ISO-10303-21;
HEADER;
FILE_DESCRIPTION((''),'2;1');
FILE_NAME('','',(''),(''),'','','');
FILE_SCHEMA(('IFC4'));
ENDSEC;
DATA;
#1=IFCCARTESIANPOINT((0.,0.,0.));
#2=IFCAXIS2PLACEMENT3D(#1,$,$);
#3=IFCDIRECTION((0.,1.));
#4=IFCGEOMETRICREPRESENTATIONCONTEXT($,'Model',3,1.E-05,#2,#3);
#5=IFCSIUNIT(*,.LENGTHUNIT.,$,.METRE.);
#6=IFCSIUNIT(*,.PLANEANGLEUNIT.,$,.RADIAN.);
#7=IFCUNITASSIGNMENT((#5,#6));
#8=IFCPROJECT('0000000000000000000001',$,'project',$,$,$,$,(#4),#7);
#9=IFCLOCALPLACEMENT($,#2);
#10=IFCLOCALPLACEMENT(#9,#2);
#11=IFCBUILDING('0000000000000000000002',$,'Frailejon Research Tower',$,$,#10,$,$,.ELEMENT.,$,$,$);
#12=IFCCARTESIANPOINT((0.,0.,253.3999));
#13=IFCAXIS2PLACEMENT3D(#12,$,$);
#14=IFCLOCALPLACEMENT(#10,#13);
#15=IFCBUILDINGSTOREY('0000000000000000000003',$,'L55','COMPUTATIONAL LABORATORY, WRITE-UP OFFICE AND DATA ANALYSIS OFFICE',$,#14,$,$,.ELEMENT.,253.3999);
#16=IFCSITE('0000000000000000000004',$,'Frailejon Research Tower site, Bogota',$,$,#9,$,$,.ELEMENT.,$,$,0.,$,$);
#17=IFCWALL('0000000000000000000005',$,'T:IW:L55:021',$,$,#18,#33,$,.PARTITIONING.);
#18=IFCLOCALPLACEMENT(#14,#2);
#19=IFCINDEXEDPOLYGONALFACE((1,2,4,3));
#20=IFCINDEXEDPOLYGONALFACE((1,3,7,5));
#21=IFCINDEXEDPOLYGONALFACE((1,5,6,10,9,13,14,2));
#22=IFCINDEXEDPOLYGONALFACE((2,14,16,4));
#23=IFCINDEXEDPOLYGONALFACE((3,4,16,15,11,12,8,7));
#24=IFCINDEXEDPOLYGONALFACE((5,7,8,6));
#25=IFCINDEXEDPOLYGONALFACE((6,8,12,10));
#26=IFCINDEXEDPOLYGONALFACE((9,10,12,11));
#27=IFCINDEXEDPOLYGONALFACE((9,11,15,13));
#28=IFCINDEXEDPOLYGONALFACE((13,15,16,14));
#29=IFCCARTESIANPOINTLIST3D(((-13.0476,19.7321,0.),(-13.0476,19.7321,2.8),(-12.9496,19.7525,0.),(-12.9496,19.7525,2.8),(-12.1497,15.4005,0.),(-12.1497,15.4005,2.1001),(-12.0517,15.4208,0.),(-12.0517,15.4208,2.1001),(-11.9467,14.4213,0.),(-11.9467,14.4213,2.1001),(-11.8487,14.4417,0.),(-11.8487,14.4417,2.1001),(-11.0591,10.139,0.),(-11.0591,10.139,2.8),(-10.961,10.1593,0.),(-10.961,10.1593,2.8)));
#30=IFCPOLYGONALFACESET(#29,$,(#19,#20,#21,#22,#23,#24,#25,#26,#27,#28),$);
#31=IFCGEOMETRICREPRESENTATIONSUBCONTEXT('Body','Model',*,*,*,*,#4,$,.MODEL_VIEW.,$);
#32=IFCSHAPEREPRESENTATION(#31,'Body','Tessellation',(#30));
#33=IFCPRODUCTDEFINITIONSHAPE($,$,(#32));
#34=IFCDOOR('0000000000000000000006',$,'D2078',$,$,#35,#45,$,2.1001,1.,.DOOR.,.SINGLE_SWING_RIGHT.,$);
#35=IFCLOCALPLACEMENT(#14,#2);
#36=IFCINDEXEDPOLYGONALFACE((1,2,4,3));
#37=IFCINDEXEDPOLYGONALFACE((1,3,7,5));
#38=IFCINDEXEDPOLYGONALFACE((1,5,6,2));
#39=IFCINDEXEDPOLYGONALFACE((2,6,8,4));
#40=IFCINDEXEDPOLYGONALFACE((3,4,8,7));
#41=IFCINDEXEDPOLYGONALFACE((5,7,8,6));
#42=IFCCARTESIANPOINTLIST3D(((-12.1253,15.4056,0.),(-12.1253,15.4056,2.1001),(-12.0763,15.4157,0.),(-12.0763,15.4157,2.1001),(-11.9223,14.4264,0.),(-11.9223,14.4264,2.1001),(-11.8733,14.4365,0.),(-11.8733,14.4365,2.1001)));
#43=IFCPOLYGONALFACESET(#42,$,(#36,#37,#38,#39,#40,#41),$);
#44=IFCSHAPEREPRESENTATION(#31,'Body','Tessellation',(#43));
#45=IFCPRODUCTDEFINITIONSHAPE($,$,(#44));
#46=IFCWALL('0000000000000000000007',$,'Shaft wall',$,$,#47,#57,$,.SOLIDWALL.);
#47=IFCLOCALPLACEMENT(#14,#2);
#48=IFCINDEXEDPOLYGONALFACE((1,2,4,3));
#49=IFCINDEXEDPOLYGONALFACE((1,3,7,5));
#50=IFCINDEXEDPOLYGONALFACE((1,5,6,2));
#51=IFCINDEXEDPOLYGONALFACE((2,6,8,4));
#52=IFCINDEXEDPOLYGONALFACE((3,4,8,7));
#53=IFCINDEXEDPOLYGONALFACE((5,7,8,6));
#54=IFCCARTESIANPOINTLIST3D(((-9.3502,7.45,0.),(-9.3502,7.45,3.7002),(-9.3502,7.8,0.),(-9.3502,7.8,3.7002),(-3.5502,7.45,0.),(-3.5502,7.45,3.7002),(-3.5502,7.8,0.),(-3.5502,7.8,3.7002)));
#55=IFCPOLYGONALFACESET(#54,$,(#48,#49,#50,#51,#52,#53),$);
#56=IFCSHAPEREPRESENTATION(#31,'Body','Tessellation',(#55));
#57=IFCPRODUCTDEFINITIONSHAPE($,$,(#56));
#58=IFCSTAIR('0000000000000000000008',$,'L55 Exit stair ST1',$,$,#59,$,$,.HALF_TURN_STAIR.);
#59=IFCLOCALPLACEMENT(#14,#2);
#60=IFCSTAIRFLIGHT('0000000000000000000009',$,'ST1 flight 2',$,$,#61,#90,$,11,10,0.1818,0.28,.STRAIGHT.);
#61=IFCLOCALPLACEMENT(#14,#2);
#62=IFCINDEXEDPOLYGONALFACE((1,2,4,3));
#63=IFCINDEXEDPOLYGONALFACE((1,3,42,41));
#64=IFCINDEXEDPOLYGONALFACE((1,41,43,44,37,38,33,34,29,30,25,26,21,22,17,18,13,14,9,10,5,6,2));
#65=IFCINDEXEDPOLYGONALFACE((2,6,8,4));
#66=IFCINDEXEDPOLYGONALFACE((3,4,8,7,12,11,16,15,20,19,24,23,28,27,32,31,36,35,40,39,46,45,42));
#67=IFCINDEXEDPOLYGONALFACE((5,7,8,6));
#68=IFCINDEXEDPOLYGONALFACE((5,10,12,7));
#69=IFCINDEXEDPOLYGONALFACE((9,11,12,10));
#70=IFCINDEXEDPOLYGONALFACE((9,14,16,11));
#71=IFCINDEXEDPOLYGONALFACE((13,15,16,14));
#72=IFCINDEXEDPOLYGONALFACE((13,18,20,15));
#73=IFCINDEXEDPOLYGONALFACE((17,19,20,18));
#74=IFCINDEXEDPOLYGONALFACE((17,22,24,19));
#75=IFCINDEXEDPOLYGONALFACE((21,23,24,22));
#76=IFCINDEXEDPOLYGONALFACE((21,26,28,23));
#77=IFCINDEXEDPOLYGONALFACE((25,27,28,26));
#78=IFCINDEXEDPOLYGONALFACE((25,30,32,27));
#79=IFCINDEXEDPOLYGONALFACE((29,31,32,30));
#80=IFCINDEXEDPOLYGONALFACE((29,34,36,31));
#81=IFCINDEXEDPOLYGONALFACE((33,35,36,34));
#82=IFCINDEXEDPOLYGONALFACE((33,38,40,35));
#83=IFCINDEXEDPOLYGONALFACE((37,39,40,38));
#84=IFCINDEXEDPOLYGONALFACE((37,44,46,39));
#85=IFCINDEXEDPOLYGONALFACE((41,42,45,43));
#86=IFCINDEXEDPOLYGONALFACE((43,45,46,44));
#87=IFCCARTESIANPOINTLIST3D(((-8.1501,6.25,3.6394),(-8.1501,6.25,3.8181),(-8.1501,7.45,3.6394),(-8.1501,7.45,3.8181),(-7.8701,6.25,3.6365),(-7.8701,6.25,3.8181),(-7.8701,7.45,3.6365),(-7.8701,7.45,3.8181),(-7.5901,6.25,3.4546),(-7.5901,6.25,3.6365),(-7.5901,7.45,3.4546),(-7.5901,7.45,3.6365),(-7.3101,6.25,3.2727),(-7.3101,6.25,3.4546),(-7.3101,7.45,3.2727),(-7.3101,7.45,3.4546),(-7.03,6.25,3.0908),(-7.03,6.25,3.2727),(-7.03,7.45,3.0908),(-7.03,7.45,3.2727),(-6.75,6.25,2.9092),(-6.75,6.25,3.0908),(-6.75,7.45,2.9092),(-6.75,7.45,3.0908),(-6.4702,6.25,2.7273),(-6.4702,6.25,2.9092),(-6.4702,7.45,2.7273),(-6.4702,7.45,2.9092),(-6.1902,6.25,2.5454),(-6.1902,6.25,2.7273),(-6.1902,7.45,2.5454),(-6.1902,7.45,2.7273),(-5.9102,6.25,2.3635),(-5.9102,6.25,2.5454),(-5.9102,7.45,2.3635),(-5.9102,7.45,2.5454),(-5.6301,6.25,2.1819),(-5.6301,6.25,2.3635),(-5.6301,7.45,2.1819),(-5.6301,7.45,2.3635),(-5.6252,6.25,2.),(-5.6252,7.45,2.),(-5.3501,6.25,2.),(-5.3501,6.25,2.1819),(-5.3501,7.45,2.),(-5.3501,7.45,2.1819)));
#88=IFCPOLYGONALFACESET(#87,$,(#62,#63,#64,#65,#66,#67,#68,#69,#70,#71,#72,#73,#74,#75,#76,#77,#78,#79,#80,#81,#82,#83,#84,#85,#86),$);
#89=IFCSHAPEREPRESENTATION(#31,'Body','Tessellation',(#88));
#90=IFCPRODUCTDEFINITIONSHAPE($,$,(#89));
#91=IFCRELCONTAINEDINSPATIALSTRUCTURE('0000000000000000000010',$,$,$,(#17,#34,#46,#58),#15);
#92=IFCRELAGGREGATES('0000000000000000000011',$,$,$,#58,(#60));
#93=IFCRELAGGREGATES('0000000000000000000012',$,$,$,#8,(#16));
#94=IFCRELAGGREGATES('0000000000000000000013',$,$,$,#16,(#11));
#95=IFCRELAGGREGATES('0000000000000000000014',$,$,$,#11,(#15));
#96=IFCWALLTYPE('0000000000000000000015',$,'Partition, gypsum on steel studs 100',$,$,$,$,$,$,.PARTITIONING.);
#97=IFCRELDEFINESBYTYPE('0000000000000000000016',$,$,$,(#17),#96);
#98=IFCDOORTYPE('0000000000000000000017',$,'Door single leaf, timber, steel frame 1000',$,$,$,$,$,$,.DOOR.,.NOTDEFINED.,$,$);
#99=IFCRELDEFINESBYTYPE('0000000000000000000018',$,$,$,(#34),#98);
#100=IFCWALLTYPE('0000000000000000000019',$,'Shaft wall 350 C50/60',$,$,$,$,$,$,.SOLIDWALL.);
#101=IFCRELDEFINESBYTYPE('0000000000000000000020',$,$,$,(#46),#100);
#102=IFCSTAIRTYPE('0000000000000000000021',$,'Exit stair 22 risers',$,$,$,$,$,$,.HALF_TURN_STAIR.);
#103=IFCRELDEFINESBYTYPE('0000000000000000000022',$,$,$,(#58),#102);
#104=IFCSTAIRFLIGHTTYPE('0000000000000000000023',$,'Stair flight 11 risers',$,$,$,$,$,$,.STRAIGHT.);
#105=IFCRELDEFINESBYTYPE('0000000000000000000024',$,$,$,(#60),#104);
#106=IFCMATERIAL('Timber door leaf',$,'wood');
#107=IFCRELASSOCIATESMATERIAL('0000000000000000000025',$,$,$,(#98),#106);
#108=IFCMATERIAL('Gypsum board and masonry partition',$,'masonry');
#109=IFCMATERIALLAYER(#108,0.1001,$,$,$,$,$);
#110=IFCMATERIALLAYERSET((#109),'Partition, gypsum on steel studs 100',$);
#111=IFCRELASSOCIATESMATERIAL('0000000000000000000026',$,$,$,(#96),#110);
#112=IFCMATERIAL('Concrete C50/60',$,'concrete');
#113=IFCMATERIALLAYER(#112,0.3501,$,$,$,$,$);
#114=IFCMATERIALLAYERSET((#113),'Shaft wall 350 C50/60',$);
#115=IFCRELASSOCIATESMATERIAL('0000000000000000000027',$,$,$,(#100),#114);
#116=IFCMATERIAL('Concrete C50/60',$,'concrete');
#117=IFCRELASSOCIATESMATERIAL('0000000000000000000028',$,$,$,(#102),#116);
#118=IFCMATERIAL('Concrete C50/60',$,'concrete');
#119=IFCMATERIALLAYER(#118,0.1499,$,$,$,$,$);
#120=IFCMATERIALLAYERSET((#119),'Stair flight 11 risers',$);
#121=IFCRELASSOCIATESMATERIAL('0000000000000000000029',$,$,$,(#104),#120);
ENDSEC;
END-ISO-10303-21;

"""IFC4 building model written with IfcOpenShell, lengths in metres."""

from ifc_helpers import new_model, si_unit, direction, frame, frame_2d, origin, place, context, subcontext, project, spatial, polyline, rectangle, outline, extrude, material, layer, layer_set, type_object, element, fill, aggregate, save


model = new_model("IFC4")

# Units and contexts
model_context = context("Model", 3, precision=1e-05, world=origin(), true_north=direction((0.0, 1.0)))
body_context = subcontext(model_context, "Body", "Model", "MODEL_VIEW")
ifc_project = project(units=[si_unit("LENGTHUNIT", "METRE"), si_unit("PLANEANGLEUNIT", "RADIAN")], contexts=[model_context])

# Site, building, storey
site_placement = place(None, origin())
site = spatial("IfcSite", under=ifc_project, at=site_placement, Name="Frailejon Research Tower site, Bogota", CompositionType="ELEMENT", RefElevation=0.0)
building_placement = place(site_placement, origin())
building = spatial("IfcBuilding", under=site, at=building_placement, Name="Frailejon Research Tower", CompositionType="ELEMENT")
storey_placement = place(building_placement, frame((0.0, 0.0, 253.3999)))
storey = spatial("IfcBuildingStorey", under=building, at=storey_placement, Name="L55", Description="COMPUTATIONAL LABORATORY, WRITE-UP OFFICE AND DATA ANALYSIS OFFICE", CompositionType="ELEMENT", Elevation=253.3999)

# Shared definitions
ifc_material_1 = material(Name="Timber door leaf", Category="wood")
door_type_1 = type_object("IfcDoorType", Name="Door single leaf, timber, steel frame 1000", OperationType="NOTDEFINED", PredefinedType="DOOR", material=ifc_material_1)

# Wall, opening, door
ifc_material_2 = material(Name="Gypsum board and masonry partition", Category="masonry")
ifc_layer_1 = layer(ifc_material_2, 0.1001)
ifc_layer_set_1 = layer_set([ifc_layer_1], Name="Partition, gypsum on steel studs 100")
wall_type_1 = type_object("IfcWallType", Name="Partition, gypsum on steel studs 100", PredefinedType="PARTITIONING", material=ifc_layer_set_1)
wall_1_placement = place(storey_placement, frame((-12.9985, 19.7422, 0.0), z_axis=(0.0, 0.0, 1.0), x_axis=(0.202969, -0.979185, 0.0)))
wall_1 = element("IfcWall", 1, at=wall_1_placement, inside=storey, type_object=wall_type_1, Name="T:IW:L55:021", PredefinedType="PARTITIONING", context=body_context, shape_type="SweptSolid", body=[
    extrude(rectangle(XDim=9.7971, YDim=0.1001, at=frame_2d((4.8984, 0.0))), origin(), (0.0, 0.0, 1.0), 2.8),
])
opening_1_placement = place(wall_1_placement, frame((4.4236, 0.0, 0.0)))
opening_1 = element("IfcOpeningElement", 2, at=opening_1_placement, cuts=wall_1, PredefinedType="OPENING", context=body_context, shape_type="SweptSolid", body=[
    extrude(rectangle(XDim=1.0, YDim=2.1001, at=frame_2d((0.5, 1.05))), frame((0.0, 0.0601, 0.0), z_axis=(0.0, -1.0, 0.0), x_axis=(1.0, 0.0, 0.0)), (0.0, 0.0, 1.0), 0.1201),
])
door_1_placement = place(opening_1_placement, origin())
door_1 = element("IfcDoor", 3, at=door_1_placement, inside=storey, type_object=door_type_1, Name="D2078", OperationType="SINGLE_SWING_RIGHT", OverallHeight=2.1001, OverallWidth=1.0, PredefinedType="DOOR", context=body_context, shape_type="SweptSolid", body=[
    extrude(rectangle(XDim=1.0, YDim=2.1001, at=frame_2d((0.5, 1.05))), frame((0.0, 0.0249, 0.0), z_axis=(0.0, -1.0, 0.0), x_axis=(1.0, 0.0, 0.0)), (0.0, 0.0, 1.0), 0.05),
])
fill(opening_1, door_1)

# Wall
ifc_material_3 = material(Name="Concrete C50/60", Category="concrete")
ifc_layer_2 = layer(ifc_material_3, 0.3501)
ifc_layer_set_2 = layer_set([ifc_layer_2], Name="Shaft wall 350 C50/60")
wall_type_2 = type_object("IfcWallType", Name="Shaft wall 350 C50/60", PredefinedType="SOLIDWALL", material=ifc_layer_set_2)
wall_2_placement = place(storey_placement, frame((-9.3501, 7.625, 0.0), z_axis=(0.0, 0.0, 1.0), x_axis=(1.0, 0.0, 0.0)))
element("IfcWall", 4, at=wall_2_placement, inside=storey, type_object=wall_type_2, Name="Shaft wall", PredefinedType="SOLIDWALL", context=body_context, shape_type="SweptSolid", body=[
    extrude(rectangle(XDim=5.8, YDim=0.3501, at=frame_2d((2.8999, 0.0))), origin(), (0.0, 0.0, 1.0), 3.7002),
])

# Stair, stair flight
ifc_material_4 = material(Name="Concrete C50/60", Category="concrete")
stair_type = type_object("IfcStairType", Name="Exit stair 22 risers", PredefinedType="HALF_TURN_STAIR", material=ifc_material_4)
stair_placement = place(storey_placement, origin())
stair = element("IfcStair", 5, at=stair_placement, inside=storey, type_object=stair_type, Name="L55 Exit stair ST1", PredefinedType="HALF_TURN_STAIR")
ifc_material_5 = material(Name="Concrete C50/60", Category="concrete")
ifc_layer_3 = layer(ifc_material_5, 0.1499)
ifc_layer_set_3 = layer_set([ifc_layer_3], Name="Stair flight 11 risers")
stair_flight_type = type_object("IfcStairFlightType", Name="Stair flight 11 risers", PredefinedType="STRAIGHT", material=ifc_layer_set_3)
stair_flight_placement = place(storey_placement, frame((-5.3501, 6.8501, 2.0), z_axis=(0.0, 0.0, 1.0), x_axis=(-1.0, 0.0, 0.0)))
stair_flight = element("IfcStairFlight", 6, at=stair_flight_placement, type_object=stair_flight_type, Name="ST1 flight 2", NumberOfRisers=11, NumberOfTreads=10, PredefinedType="STRAIGHT", RiserHeight=0.1818, TreadLength=0.28, context=body_context, shape_type="SweptSolid", body=[
    extrude(outline(polyline([(0.0, 0.0), (0.0, 0.1819), (0.28, 0.1819), (0.28, 0.3635), (0.5601, 0.3635), (0.5601, 0.5454), (0.8401, 0.5454), (0.8401, 0.7273), (1.1201, 0.7273), (1.1201, 0.9092), (1.3999, 0.9092), (1.3999, 1.0908), (1.6799, 1.0908), (1.6799, 1.2727), (1.96, 1.2727), (1.96, 1.4546), (2.24, 1.4546), (2.24, 1.6365), (2.52, 1.6365), (2.52, 1.8181), (2.8, 1.8181), (2.8, 2.0), (2.8, 1.6394), (0.2751, 0.0), (0.0, 0.0)])), frame((0.0, 0.6001, 0.0), z_axis=(0.0, -1.0, 0.0), x_axis=(1.0, 0.0, 0.0)), (0.0, 0.0, 1.0), 1.2),
])
aggregate(stair, [stair_flight])

save(model, "model.ifc")
